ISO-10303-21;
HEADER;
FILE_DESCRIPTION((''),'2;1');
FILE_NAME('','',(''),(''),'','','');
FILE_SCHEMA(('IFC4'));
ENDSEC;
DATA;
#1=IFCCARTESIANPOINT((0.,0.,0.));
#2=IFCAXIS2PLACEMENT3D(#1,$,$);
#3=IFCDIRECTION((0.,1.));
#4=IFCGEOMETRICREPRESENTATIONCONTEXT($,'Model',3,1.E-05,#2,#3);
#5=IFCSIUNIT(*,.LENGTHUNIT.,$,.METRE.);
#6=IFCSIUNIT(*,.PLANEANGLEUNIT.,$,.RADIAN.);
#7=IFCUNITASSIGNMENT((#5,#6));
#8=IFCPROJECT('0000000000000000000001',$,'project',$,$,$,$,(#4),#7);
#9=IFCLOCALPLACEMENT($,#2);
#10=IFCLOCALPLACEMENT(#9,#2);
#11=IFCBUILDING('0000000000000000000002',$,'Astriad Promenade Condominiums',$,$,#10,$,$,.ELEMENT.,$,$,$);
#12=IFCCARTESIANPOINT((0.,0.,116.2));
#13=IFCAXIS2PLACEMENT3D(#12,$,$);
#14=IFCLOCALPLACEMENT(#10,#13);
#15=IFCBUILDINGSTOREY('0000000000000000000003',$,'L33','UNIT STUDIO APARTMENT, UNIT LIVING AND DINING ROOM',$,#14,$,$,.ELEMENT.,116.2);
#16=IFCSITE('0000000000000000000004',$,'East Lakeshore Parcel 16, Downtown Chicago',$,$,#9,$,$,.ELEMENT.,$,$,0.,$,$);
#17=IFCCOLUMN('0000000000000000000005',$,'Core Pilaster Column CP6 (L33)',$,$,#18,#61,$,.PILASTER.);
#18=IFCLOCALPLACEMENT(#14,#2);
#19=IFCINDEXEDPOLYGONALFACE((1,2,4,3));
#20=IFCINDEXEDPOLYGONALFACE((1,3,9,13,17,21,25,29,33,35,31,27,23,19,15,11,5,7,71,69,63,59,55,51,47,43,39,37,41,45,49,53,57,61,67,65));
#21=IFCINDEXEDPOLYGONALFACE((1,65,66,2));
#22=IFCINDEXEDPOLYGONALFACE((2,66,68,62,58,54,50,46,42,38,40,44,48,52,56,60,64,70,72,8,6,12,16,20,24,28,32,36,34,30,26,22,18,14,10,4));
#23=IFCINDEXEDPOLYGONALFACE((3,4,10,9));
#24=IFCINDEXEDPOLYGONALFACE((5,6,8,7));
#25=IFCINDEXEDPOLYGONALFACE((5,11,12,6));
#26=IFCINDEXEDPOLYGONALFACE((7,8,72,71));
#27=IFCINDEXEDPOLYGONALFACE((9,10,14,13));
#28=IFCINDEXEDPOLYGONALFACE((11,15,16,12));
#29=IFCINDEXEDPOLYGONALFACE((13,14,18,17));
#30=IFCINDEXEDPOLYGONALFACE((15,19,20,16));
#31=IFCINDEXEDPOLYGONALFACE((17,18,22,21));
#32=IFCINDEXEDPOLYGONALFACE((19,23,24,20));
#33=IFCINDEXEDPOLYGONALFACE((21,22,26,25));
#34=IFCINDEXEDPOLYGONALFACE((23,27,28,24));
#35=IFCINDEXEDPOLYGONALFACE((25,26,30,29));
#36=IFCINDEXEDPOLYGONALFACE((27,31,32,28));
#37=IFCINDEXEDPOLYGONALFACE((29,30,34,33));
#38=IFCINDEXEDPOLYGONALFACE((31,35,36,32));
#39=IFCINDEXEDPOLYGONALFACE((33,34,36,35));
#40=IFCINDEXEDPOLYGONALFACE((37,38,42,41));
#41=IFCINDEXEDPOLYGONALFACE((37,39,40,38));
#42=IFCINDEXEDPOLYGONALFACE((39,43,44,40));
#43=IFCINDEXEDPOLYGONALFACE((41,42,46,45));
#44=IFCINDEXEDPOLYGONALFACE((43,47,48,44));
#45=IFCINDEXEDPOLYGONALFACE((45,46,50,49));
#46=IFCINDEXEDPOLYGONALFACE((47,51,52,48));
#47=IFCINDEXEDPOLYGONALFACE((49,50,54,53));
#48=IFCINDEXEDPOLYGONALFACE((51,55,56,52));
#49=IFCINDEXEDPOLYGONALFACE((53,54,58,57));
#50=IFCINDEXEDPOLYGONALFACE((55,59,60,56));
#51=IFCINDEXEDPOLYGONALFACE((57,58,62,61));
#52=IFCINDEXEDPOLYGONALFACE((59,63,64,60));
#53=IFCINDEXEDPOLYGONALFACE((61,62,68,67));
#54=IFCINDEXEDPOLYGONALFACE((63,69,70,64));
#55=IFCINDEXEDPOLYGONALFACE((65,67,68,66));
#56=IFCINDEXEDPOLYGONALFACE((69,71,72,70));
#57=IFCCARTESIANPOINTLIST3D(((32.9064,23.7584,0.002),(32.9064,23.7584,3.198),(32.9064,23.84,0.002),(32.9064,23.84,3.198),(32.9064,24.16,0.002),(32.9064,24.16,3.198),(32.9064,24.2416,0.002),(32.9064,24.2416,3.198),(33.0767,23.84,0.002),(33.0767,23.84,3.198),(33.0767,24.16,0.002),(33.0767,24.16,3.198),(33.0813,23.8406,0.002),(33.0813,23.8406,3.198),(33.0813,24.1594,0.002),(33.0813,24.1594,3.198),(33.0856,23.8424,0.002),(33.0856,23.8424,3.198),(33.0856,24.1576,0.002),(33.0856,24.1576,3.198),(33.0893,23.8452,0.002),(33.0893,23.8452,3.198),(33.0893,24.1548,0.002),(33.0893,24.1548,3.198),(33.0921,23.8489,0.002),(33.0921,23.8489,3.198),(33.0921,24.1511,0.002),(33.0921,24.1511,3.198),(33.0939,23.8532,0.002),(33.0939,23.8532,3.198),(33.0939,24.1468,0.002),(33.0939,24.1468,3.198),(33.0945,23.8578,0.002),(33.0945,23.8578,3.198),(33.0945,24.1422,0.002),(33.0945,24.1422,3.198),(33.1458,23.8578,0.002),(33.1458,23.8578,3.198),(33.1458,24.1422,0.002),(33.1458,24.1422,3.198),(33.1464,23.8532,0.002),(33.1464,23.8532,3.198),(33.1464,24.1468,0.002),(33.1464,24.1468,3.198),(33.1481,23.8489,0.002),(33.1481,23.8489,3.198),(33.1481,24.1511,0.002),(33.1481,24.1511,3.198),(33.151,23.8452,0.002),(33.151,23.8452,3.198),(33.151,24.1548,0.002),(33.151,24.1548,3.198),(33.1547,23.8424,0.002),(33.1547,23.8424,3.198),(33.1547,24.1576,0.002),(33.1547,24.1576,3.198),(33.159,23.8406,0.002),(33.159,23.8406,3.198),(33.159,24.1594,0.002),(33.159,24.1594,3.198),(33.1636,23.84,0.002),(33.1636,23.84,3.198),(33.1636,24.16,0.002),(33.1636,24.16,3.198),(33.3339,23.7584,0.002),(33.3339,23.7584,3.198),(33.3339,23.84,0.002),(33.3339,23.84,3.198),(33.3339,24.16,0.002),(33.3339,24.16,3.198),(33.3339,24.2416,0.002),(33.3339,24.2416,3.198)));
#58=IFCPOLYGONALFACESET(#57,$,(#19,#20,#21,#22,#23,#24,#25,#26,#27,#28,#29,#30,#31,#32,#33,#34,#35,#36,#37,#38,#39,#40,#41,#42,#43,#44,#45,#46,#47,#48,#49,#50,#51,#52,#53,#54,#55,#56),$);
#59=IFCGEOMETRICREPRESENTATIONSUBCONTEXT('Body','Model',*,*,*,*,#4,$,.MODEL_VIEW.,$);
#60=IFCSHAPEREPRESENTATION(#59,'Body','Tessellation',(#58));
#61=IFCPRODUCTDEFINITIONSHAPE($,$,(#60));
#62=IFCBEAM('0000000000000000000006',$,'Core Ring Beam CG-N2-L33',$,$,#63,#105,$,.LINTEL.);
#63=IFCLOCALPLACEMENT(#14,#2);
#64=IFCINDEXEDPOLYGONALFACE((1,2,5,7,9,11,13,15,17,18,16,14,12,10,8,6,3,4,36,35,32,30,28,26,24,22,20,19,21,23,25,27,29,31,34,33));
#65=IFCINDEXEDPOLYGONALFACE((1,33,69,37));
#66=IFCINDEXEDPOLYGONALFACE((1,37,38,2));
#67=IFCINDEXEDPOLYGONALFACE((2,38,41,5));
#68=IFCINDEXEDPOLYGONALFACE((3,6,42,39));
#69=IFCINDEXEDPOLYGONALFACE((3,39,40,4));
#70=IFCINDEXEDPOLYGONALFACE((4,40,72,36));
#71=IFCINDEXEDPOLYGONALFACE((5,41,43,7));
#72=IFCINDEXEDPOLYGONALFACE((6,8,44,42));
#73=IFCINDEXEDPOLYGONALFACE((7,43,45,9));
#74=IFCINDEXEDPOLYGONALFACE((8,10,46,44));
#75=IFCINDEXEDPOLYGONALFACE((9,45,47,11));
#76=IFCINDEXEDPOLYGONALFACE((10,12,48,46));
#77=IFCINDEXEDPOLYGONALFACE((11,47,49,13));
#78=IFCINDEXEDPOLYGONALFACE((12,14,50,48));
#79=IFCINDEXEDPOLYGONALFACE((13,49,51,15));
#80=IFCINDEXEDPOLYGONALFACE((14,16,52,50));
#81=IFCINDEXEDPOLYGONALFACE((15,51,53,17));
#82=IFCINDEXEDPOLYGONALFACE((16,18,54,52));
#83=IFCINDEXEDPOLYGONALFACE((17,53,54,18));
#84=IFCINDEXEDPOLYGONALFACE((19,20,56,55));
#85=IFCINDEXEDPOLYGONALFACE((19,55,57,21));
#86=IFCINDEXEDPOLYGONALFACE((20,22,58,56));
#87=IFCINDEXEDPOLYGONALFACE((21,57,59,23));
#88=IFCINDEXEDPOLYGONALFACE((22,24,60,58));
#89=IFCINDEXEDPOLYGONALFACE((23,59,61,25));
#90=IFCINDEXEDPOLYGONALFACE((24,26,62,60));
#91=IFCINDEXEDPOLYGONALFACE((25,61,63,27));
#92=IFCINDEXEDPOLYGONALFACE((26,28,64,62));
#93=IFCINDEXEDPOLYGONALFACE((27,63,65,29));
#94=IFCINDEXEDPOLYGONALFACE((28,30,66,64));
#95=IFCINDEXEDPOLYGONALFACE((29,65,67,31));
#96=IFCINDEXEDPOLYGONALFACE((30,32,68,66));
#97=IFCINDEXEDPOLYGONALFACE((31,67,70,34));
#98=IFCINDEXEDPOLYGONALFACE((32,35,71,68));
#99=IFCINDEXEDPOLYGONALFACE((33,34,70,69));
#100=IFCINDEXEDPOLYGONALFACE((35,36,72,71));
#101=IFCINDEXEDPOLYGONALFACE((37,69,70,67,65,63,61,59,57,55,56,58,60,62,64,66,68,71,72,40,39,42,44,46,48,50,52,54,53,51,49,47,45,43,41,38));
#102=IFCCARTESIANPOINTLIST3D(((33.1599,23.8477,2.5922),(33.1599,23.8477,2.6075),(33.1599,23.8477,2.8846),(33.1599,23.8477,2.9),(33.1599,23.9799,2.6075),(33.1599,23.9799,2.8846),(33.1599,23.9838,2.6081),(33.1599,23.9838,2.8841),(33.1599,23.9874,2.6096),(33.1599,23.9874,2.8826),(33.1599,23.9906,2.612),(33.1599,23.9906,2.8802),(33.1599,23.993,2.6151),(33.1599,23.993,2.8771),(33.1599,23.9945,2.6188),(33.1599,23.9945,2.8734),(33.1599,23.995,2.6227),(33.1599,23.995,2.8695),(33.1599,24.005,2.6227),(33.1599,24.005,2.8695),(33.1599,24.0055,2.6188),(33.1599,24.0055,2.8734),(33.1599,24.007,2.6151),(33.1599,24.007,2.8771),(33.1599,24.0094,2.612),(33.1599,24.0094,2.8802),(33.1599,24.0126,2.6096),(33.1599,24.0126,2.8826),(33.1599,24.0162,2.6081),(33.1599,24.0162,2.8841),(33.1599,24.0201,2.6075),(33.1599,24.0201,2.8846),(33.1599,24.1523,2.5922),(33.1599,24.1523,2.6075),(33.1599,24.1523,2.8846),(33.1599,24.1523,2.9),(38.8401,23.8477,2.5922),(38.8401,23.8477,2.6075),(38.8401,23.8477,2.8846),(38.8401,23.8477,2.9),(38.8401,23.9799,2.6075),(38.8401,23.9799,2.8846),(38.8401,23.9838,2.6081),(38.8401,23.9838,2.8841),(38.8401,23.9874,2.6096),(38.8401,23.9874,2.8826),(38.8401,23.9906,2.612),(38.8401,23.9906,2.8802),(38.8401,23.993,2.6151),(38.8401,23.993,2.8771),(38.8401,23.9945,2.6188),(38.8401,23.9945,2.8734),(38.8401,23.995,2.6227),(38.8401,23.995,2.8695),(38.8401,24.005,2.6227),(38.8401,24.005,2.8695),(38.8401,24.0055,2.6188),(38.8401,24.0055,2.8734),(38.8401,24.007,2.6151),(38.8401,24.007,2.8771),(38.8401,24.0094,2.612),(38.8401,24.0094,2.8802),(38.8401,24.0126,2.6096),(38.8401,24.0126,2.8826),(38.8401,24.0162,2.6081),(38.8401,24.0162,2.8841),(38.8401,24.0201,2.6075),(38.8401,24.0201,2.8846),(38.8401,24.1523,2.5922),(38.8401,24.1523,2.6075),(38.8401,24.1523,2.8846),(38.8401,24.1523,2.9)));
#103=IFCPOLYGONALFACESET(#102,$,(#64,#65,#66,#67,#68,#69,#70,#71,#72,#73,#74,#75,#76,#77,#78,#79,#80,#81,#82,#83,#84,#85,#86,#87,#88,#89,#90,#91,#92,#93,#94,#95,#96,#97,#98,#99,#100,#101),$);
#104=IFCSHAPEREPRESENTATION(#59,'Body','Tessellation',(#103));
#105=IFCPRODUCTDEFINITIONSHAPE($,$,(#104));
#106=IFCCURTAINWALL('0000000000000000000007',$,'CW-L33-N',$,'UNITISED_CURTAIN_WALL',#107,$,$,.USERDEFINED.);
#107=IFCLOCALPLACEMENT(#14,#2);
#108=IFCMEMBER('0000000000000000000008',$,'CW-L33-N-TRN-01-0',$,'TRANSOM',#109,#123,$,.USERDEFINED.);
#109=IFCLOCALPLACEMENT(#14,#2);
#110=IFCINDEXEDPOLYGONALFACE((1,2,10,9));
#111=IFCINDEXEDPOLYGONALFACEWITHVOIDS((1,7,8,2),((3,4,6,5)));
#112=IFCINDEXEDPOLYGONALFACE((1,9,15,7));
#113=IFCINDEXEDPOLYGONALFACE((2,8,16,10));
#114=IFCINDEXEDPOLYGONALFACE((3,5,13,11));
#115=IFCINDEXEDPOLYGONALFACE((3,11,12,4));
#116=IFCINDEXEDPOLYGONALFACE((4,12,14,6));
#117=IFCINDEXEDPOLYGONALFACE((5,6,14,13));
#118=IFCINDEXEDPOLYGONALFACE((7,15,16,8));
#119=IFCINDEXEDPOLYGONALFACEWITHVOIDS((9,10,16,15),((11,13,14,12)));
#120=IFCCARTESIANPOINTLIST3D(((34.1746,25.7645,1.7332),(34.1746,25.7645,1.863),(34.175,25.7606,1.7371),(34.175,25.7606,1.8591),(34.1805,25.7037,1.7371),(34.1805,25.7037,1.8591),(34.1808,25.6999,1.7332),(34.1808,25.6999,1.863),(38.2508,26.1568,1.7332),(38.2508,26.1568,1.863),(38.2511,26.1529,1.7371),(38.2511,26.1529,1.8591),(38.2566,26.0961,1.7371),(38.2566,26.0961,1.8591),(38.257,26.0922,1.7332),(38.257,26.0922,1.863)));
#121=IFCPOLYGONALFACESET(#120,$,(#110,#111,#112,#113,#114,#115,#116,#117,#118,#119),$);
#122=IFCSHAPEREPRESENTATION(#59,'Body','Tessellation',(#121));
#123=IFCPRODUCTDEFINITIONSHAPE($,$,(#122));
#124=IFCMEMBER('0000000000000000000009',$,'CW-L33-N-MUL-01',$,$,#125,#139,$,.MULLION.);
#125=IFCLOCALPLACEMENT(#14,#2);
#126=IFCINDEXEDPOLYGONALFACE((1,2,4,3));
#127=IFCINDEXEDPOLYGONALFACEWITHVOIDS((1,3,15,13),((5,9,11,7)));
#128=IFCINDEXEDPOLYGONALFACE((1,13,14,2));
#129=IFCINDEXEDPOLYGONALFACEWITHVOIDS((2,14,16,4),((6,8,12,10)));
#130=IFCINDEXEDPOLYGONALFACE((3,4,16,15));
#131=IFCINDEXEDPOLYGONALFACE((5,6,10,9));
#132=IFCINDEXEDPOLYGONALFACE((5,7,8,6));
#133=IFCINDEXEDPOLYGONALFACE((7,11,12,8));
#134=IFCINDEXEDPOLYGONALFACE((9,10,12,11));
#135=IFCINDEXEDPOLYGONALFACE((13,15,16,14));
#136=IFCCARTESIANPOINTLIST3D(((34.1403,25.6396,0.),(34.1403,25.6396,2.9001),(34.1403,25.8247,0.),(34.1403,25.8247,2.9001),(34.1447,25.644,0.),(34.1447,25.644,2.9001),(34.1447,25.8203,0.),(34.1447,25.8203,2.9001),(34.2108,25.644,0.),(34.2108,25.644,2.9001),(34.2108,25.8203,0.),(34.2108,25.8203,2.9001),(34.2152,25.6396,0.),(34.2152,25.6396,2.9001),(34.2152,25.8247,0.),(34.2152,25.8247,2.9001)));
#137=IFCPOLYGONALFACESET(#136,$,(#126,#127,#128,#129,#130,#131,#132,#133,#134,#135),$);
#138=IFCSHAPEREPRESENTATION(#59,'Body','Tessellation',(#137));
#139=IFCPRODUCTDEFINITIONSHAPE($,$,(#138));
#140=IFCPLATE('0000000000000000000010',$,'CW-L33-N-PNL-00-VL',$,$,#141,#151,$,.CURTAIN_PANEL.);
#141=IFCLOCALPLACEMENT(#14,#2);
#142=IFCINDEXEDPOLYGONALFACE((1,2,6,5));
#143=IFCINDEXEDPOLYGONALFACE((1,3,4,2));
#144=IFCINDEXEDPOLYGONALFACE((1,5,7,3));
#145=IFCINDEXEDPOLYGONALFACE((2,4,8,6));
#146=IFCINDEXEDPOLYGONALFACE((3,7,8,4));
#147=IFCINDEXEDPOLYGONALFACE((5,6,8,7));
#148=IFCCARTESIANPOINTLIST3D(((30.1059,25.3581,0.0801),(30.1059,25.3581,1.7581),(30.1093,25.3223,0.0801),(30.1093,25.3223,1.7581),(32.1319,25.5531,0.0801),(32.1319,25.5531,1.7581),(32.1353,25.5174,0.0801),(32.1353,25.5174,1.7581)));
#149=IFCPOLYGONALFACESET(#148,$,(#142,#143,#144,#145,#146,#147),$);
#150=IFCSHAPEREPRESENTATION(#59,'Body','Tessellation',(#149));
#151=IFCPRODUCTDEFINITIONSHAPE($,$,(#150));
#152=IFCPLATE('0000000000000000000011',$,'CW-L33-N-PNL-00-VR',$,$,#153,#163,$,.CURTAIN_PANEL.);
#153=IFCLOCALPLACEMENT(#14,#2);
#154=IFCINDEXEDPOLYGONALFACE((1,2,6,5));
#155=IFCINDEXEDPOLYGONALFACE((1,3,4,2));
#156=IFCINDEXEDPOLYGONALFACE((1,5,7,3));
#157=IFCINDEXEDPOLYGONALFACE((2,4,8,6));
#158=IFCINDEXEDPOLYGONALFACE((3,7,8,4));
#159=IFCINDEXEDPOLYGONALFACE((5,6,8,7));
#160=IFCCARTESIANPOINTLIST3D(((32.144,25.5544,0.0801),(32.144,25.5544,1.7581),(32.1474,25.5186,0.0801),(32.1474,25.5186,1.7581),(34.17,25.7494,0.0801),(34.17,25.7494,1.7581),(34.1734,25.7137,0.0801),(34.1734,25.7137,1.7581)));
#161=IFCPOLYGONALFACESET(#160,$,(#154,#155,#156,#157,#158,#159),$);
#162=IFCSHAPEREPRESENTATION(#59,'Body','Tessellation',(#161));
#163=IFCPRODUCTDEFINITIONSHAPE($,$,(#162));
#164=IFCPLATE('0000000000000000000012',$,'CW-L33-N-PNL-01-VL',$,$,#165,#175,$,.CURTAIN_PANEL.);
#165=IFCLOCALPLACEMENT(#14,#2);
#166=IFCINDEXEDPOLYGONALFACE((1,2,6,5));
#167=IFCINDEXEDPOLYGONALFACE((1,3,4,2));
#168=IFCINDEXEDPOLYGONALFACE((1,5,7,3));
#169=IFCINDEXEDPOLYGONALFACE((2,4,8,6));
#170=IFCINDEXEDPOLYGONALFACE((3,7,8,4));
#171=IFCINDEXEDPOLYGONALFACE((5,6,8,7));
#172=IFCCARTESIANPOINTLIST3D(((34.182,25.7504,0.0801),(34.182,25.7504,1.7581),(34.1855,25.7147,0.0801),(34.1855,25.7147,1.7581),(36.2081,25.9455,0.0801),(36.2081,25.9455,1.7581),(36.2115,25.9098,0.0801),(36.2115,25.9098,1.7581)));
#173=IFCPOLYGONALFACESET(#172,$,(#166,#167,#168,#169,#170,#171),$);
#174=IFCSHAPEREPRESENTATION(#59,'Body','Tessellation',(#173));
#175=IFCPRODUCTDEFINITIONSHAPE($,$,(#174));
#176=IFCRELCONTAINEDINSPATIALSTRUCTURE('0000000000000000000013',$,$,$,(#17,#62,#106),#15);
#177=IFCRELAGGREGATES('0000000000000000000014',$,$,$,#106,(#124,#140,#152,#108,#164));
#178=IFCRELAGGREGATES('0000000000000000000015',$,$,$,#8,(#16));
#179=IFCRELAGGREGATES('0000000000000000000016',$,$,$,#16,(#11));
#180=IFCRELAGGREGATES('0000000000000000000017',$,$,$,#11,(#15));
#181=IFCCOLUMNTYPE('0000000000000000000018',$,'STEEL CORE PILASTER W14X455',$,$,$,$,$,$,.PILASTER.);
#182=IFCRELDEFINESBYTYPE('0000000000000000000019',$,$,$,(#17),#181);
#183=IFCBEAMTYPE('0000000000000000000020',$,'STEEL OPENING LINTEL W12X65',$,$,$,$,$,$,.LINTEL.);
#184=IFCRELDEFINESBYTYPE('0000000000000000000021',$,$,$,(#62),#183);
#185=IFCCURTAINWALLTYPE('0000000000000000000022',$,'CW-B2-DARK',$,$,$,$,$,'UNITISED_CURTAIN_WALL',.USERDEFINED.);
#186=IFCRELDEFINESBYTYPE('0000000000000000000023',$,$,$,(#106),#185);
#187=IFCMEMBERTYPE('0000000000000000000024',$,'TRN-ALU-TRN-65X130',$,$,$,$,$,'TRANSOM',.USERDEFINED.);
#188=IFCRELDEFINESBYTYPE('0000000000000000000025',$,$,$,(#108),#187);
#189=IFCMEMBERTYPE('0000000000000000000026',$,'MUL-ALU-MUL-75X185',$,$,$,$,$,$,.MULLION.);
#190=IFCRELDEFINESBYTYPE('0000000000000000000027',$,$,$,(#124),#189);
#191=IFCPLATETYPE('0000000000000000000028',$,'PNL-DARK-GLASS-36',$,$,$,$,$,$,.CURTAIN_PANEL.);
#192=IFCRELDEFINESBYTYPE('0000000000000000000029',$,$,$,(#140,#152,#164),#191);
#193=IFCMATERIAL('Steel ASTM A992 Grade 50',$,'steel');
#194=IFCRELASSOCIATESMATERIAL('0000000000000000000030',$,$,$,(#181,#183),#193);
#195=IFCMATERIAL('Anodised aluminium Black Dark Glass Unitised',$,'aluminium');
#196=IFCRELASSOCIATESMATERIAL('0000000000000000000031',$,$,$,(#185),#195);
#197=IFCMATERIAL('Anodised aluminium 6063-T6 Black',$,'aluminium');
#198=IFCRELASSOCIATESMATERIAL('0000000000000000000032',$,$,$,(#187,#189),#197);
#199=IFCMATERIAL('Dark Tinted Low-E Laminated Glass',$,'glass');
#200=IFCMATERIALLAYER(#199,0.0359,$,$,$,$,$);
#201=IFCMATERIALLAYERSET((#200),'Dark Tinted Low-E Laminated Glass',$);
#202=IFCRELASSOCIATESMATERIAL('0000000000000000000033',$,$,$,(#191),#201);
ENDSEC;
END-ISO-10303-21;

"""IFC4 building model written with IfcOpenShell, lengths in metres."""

from ifc_helpers import new_model, si_unit, direction, frame, origin, origin_2d, place, context, subcontext, project, spatial, rectangle, hollow_rectangle, i_section, extrude, source, transform, mapped, material, layer, layer_set, material_profile, profile_set, type_object, type_shapes, element, aggregate, save


model = new_model("IFC4")

# Units and contexts
model_context = context("Model", 3, precision=1e-05, world=origin(), true_north=direction((0.0, 1.0)))
body_context = subcontext(model_context, "Body", "Model", "MODEL_VIEW")
ifc_project = project(units=[si_unit("LENGTHUNIT", "METRE"), si_unit("PLANEANGLEUNIT", "RADIAN")], contexts=[model_context])

# Site, building, storey
site_placement = place(None, origin())
site = spatial("IfcSite", under=ifc_project, at=site_placement, Name="East Lakeshore Parcel 16, Downtown Chicago", CompositionType="ELEMENT", RefElevation=0.0)
building_placement = place(site_placement, origin())
building = spatial("IfcBuilding", under=site, at=building_placement, Name="Astriad Promenade Condominiums", CompositionType="ELEMENT")
storey_placement = place(building_placement, frame((0.0, 0.0, 116.2)))
storey = spatial("IfcBuildingStorey", under=building, at=storey_placement, Name="L33", Description="UNIT STUDIO APARTMENT, UNIT LIVING AND DINING ROOM", CompositionType="ELEMENT", Elevation=116.2)

# Column
ifc_material_1 = material(Name="Steel ASTM A992 Grade 50", Category="steel")
ifc_material_profile_1 = material_profile(ifc_material_1, i_section(OverallWidth=0.4275, OverallDepth=0.4832, WebThickness=0.0513, FlangeThickness=0.0815, FilletRadius=0.0178, at=origin_2d()), Name="W14X455")
ifc_profile_set_1 = profile_set([ifc_material_profile_1], Name="Steel ASTM A992 Grade 50")
column_type = type_object("IfcColumnType", Name="STEEL CORE PILASTER W14X455", PredefinedType="PILASTER", material=ifc_profile_set_1)
shared_shape_1 = source(origin(), body_context, "Body", "SweptSolid", [
    extrude(i_section(OverallWidth=0.4275, OverallDepth=0.4832, WebThickness=0.0513, FlangeThickness=0.0815, FilletRadius=0.0178, at=origin_2d()), origin(), (0.0, 0.0, 1.0), 3.196),
])
type_shapes(column_type, [shared_shape_1])
column_placement = place(storey_placement, frame((33.1201, 24.0, 0.002), z_axis=(0.0, 0.0, 1.0), x_axis=(1.0, 0.0, 0.0)))
element("IfcColumn", 1, at=column_placement, inside=storey, type_object=column_type, Name="Core Pilaster Column CP6 (L33)", PredefinedType="PILASTER", context=body_context, shape_type="MappedRepresentation", body=[
    mapped(shared_shape_1, transform((0.0, 0.0, 0.0), scale=1.0)),
])

# Beam
ifc_material_profile_2 = material_profile(ifc_material_1, i_section(OverallWidth=0.3047, OverallDepth=0.3079, WebThickness=0.01, FlangeThickness=0.0154, FilletRadius=0.0151, at=origin_2d()), Name="W12X65")
ifc_profile_set_2 = profile_set([ifc_material_profile_2], Name="Steel ASTM A992 Grade 50")
beam_type = type_object("IfcBeamType", Name="STEEL OPENING LINTEL W12X65", PredefinedType="LINTEL", material=ifc_profile_set_2)
shared_shape_2 = source(origin(), body_context, "Body", "SweptSolid", [
    extrude(i_section(OverallWidth=0.3047, OverallDepth=0.3079, WebThickness=0.01, FlangeThickness=0.0154, FilletRadius=0.0151, at=origin_2d()), origin(), (0.0, 0.0, 1.0), 5.6802),
])
type_shapes(beam_type, [shared_shape_2])
beam_placement = place(storey_placement, frame((33.1599, 24.0, 2.7461), z_axis=(1.0, 0.0, 0.0), x_axis=(0.0, 1.0, 0.0)))
element("IfcBeam", 2, at=beam_placement, inside=storey, type_object=beam_type, Name="Core Ring Beam CG-N2-L33", PredefinedType="LINTEL", context=body_context, shape_type="MappedRepresentation", body=[
    mapped(shared_shape_2, transform((0.0, 0.0, 0.0), scale=1.0)),
])

# Curtain wall, members, plates
ifc_material_2 = material(Name="Anodised aluminium Black Dark Glass Unitised", Category="aluminium")
curtain_wall_type = type_object("IfcCurtainWallType", Name="CW-B2-DARK", ElementType="UNITISED_CURTAIN_WALL", PredefinedType="USERDEFINED", material=ifc_material_2)
curtain_wall_placement = place(storey_placement, origin())
curtain_wall = element("IfcCurtainWall", 3, at=curtain_wall_placement, inside=storey, type_object=curtain_wall_type, Name="CW-L33-N", ObjectType="UNITISED_CURTAIN_WALL", PredefinedType="USERDEFINED")
ifc_material_3 = material(Name="Anodised aluminium 6063-T6 Black", Category="aluminium")
ifc_material_profile_3 = material_profile(ifc_material_3, hollow_rectangle(XDim=0.0649, YDim=0.1299, WallThickness=0.0039, at=origin_2d()), Name="ALU-TRN-65X130")
ifc_profile_set_3 = profile_set([ifc_material_profile_3], Name="Anodised aluminium 6063-T6 Black")
member_type_1 = type_object("IfcMemberType", Name="TRN-ALU-TRN-65X130", ElementType="TRANSOM", PredefinedType="USERDEFINED", material=ifc_profile_set_3)
shared_shape_3 = source(origin(), body_context, "Body", "SweptSolid", [
    extrude(hollow_rectangle(XDim=0.0649, YDim=0.1299, WallThickness=0.0039, at=origin_2d()), origin(), (0.0, 0.0, 1.0), 4.095),
])
type_shapes(member_type_1, [shared_shape_3])
member_1_placement = place(storey_placement, frame((34.1777, 25.7322, 1.7981), z_axis=(0.9954, 0.095808, 0.0), x_axis=(-0.095808, 0.9954, 0.0)))
member_1 = element("IfcMember", 4, at=member_1_placement, type_object=member_type_1, Name="CW-L33-N-TRN-01-0", ObjectType="TRANSOM", PredefinedType="USERDEFINED", context=body_context, shape_type="MappedRepresentation", body=[
    mapped(shared_shape_3, transform((0.0, 0.0, 0.0), scale=1.0)),
])
ifc_material_profile_4 = material_profile(ifc_material_3, hollow_rectangle(XDim=0.075, YDim=0.1851, WallThickness=0.0044, at=origin_2d()), Name="ALU-MUL-75X185")
ifc_profile_set_4 = profile_set([ifc_material_profile_4], Name="Anodised aluminium 6063-T6 Black")
member_type_2 = type_object("IfcMemberType", Name="MUL-ALU-MUL-75X185", PredefinedType="MULLION", material=ifc_profile_set_4)
shared_shape_4 = source(origin(), body_context, "Body", "SweptSolid", [
    extrude(hollow_rectangle(XDim=0.075, YDim=0.1851, WallThickness=0.0044, at=origin_2d()), origin(), (0.0, 0.0, 1.0), 2.9001),
])
type_shapes(member_type_2, [shared_shape_4])
member_2_placement = place(storey_placement, frame((34.1777, 25.7322, 0.0), z_axis=(0.0, 0.0, 1.0), x_axis=(1.0, 0.0, 0.0)))
member_2 = element("IfcMember", 5, at=member_2_placement, type_object=member_type_2, Name="CW-L33-N-MUL-01", PredefinedType="MULLION", context=body_context, shape_type="MappedRepresentation", body=[
    mapped(shared_shape_4, transform((0.0, 0.0, 0.0), scale=1.0)),
])
ifc_material_4 = material(Name="Dark Tinted Low-E Laminated Glass", Category="glass")
ifc_layer_1 = layer(ifc_material_4, 0.0359)
ifc_layer_set_1 = layer_set([ifc_layer_1], Name="Dark Tinted Low-E Laminated Glass")
plate_type = type_object("IfcPlateType", Name="PNL-DARK-GLASS-36", PredefinedType="CURTAIN_PANEL", material=ifc_layer_set_1)
shared_shape_5 = source(origin(), body_context, "Body", "SweptSolid", [
    extrude(rectangle(XDim=2.0354, YDim=0.0359, at=origin_2d()), origin(), (0.0, 0.0, 1.0), 1.678),
])
plate_1_placement = place(storey_placement, frame((31.1206, 25.4377, 0.0801), z_axis=(0.0, 0.0, 1.0), x_axis=(0.995396, 0.095846, 0.0)))
plate_1 = element("IfcPlate", 6, at=plate_1_placement, type_object=plate_type, Name="CW-L33-N-PNL-00-VL", PredefinedType="CURTAIN_PANEL", context=body_context, shape_type="MappedRepresentation", body=[
    mapped(shared_shape_5, transform((0.0, 0.0, 0.0), scale=1.0)),
])
plate_2_placement = place(storey_placement, frame((33.1587, 25.634, 0.0801), z_axis=(0.0, 0.0, 1.0), x_axis=(0.995396, 0.095846, 0.0)))
plate_2 = element("IfcPlate", 7, at=plate_2_placement, type_object=plate_type, Name="CW-L33-N-PNL-00-VR", PredefinedType="CURTAIN_PANEL", context=body_context, shape_type="MappedRepresentation", body=[
    mapped(shared_shape_5, transform((0.0, 0.0, 0.0), scale=1.0)),
])
plate_3_placement = place(storey_placement, frame((35.1968, 25.8301, 0.0801), z_axis=(0.0, 0.0, 1.0), x_axis=(0.995396, 0.095846, 0.0)))
plate_3 = element("IfcPlate", 8, at=plate_3_placement, type_object=plate_type, Name="CW-L33-N-PNL-01-VL", PredefinedType="CURTAIN_PANEL", context=body_context, shape_type="MappedRepresentation", body=[
    mapped(shared_shape_5, transform((0.0, 0.0, 0.0), scale=1.0)),
])
aggregate(curtain_wall, [member_2, plate_1, plate_2, member_1, plate_3])

save(model, "model.ifc")
